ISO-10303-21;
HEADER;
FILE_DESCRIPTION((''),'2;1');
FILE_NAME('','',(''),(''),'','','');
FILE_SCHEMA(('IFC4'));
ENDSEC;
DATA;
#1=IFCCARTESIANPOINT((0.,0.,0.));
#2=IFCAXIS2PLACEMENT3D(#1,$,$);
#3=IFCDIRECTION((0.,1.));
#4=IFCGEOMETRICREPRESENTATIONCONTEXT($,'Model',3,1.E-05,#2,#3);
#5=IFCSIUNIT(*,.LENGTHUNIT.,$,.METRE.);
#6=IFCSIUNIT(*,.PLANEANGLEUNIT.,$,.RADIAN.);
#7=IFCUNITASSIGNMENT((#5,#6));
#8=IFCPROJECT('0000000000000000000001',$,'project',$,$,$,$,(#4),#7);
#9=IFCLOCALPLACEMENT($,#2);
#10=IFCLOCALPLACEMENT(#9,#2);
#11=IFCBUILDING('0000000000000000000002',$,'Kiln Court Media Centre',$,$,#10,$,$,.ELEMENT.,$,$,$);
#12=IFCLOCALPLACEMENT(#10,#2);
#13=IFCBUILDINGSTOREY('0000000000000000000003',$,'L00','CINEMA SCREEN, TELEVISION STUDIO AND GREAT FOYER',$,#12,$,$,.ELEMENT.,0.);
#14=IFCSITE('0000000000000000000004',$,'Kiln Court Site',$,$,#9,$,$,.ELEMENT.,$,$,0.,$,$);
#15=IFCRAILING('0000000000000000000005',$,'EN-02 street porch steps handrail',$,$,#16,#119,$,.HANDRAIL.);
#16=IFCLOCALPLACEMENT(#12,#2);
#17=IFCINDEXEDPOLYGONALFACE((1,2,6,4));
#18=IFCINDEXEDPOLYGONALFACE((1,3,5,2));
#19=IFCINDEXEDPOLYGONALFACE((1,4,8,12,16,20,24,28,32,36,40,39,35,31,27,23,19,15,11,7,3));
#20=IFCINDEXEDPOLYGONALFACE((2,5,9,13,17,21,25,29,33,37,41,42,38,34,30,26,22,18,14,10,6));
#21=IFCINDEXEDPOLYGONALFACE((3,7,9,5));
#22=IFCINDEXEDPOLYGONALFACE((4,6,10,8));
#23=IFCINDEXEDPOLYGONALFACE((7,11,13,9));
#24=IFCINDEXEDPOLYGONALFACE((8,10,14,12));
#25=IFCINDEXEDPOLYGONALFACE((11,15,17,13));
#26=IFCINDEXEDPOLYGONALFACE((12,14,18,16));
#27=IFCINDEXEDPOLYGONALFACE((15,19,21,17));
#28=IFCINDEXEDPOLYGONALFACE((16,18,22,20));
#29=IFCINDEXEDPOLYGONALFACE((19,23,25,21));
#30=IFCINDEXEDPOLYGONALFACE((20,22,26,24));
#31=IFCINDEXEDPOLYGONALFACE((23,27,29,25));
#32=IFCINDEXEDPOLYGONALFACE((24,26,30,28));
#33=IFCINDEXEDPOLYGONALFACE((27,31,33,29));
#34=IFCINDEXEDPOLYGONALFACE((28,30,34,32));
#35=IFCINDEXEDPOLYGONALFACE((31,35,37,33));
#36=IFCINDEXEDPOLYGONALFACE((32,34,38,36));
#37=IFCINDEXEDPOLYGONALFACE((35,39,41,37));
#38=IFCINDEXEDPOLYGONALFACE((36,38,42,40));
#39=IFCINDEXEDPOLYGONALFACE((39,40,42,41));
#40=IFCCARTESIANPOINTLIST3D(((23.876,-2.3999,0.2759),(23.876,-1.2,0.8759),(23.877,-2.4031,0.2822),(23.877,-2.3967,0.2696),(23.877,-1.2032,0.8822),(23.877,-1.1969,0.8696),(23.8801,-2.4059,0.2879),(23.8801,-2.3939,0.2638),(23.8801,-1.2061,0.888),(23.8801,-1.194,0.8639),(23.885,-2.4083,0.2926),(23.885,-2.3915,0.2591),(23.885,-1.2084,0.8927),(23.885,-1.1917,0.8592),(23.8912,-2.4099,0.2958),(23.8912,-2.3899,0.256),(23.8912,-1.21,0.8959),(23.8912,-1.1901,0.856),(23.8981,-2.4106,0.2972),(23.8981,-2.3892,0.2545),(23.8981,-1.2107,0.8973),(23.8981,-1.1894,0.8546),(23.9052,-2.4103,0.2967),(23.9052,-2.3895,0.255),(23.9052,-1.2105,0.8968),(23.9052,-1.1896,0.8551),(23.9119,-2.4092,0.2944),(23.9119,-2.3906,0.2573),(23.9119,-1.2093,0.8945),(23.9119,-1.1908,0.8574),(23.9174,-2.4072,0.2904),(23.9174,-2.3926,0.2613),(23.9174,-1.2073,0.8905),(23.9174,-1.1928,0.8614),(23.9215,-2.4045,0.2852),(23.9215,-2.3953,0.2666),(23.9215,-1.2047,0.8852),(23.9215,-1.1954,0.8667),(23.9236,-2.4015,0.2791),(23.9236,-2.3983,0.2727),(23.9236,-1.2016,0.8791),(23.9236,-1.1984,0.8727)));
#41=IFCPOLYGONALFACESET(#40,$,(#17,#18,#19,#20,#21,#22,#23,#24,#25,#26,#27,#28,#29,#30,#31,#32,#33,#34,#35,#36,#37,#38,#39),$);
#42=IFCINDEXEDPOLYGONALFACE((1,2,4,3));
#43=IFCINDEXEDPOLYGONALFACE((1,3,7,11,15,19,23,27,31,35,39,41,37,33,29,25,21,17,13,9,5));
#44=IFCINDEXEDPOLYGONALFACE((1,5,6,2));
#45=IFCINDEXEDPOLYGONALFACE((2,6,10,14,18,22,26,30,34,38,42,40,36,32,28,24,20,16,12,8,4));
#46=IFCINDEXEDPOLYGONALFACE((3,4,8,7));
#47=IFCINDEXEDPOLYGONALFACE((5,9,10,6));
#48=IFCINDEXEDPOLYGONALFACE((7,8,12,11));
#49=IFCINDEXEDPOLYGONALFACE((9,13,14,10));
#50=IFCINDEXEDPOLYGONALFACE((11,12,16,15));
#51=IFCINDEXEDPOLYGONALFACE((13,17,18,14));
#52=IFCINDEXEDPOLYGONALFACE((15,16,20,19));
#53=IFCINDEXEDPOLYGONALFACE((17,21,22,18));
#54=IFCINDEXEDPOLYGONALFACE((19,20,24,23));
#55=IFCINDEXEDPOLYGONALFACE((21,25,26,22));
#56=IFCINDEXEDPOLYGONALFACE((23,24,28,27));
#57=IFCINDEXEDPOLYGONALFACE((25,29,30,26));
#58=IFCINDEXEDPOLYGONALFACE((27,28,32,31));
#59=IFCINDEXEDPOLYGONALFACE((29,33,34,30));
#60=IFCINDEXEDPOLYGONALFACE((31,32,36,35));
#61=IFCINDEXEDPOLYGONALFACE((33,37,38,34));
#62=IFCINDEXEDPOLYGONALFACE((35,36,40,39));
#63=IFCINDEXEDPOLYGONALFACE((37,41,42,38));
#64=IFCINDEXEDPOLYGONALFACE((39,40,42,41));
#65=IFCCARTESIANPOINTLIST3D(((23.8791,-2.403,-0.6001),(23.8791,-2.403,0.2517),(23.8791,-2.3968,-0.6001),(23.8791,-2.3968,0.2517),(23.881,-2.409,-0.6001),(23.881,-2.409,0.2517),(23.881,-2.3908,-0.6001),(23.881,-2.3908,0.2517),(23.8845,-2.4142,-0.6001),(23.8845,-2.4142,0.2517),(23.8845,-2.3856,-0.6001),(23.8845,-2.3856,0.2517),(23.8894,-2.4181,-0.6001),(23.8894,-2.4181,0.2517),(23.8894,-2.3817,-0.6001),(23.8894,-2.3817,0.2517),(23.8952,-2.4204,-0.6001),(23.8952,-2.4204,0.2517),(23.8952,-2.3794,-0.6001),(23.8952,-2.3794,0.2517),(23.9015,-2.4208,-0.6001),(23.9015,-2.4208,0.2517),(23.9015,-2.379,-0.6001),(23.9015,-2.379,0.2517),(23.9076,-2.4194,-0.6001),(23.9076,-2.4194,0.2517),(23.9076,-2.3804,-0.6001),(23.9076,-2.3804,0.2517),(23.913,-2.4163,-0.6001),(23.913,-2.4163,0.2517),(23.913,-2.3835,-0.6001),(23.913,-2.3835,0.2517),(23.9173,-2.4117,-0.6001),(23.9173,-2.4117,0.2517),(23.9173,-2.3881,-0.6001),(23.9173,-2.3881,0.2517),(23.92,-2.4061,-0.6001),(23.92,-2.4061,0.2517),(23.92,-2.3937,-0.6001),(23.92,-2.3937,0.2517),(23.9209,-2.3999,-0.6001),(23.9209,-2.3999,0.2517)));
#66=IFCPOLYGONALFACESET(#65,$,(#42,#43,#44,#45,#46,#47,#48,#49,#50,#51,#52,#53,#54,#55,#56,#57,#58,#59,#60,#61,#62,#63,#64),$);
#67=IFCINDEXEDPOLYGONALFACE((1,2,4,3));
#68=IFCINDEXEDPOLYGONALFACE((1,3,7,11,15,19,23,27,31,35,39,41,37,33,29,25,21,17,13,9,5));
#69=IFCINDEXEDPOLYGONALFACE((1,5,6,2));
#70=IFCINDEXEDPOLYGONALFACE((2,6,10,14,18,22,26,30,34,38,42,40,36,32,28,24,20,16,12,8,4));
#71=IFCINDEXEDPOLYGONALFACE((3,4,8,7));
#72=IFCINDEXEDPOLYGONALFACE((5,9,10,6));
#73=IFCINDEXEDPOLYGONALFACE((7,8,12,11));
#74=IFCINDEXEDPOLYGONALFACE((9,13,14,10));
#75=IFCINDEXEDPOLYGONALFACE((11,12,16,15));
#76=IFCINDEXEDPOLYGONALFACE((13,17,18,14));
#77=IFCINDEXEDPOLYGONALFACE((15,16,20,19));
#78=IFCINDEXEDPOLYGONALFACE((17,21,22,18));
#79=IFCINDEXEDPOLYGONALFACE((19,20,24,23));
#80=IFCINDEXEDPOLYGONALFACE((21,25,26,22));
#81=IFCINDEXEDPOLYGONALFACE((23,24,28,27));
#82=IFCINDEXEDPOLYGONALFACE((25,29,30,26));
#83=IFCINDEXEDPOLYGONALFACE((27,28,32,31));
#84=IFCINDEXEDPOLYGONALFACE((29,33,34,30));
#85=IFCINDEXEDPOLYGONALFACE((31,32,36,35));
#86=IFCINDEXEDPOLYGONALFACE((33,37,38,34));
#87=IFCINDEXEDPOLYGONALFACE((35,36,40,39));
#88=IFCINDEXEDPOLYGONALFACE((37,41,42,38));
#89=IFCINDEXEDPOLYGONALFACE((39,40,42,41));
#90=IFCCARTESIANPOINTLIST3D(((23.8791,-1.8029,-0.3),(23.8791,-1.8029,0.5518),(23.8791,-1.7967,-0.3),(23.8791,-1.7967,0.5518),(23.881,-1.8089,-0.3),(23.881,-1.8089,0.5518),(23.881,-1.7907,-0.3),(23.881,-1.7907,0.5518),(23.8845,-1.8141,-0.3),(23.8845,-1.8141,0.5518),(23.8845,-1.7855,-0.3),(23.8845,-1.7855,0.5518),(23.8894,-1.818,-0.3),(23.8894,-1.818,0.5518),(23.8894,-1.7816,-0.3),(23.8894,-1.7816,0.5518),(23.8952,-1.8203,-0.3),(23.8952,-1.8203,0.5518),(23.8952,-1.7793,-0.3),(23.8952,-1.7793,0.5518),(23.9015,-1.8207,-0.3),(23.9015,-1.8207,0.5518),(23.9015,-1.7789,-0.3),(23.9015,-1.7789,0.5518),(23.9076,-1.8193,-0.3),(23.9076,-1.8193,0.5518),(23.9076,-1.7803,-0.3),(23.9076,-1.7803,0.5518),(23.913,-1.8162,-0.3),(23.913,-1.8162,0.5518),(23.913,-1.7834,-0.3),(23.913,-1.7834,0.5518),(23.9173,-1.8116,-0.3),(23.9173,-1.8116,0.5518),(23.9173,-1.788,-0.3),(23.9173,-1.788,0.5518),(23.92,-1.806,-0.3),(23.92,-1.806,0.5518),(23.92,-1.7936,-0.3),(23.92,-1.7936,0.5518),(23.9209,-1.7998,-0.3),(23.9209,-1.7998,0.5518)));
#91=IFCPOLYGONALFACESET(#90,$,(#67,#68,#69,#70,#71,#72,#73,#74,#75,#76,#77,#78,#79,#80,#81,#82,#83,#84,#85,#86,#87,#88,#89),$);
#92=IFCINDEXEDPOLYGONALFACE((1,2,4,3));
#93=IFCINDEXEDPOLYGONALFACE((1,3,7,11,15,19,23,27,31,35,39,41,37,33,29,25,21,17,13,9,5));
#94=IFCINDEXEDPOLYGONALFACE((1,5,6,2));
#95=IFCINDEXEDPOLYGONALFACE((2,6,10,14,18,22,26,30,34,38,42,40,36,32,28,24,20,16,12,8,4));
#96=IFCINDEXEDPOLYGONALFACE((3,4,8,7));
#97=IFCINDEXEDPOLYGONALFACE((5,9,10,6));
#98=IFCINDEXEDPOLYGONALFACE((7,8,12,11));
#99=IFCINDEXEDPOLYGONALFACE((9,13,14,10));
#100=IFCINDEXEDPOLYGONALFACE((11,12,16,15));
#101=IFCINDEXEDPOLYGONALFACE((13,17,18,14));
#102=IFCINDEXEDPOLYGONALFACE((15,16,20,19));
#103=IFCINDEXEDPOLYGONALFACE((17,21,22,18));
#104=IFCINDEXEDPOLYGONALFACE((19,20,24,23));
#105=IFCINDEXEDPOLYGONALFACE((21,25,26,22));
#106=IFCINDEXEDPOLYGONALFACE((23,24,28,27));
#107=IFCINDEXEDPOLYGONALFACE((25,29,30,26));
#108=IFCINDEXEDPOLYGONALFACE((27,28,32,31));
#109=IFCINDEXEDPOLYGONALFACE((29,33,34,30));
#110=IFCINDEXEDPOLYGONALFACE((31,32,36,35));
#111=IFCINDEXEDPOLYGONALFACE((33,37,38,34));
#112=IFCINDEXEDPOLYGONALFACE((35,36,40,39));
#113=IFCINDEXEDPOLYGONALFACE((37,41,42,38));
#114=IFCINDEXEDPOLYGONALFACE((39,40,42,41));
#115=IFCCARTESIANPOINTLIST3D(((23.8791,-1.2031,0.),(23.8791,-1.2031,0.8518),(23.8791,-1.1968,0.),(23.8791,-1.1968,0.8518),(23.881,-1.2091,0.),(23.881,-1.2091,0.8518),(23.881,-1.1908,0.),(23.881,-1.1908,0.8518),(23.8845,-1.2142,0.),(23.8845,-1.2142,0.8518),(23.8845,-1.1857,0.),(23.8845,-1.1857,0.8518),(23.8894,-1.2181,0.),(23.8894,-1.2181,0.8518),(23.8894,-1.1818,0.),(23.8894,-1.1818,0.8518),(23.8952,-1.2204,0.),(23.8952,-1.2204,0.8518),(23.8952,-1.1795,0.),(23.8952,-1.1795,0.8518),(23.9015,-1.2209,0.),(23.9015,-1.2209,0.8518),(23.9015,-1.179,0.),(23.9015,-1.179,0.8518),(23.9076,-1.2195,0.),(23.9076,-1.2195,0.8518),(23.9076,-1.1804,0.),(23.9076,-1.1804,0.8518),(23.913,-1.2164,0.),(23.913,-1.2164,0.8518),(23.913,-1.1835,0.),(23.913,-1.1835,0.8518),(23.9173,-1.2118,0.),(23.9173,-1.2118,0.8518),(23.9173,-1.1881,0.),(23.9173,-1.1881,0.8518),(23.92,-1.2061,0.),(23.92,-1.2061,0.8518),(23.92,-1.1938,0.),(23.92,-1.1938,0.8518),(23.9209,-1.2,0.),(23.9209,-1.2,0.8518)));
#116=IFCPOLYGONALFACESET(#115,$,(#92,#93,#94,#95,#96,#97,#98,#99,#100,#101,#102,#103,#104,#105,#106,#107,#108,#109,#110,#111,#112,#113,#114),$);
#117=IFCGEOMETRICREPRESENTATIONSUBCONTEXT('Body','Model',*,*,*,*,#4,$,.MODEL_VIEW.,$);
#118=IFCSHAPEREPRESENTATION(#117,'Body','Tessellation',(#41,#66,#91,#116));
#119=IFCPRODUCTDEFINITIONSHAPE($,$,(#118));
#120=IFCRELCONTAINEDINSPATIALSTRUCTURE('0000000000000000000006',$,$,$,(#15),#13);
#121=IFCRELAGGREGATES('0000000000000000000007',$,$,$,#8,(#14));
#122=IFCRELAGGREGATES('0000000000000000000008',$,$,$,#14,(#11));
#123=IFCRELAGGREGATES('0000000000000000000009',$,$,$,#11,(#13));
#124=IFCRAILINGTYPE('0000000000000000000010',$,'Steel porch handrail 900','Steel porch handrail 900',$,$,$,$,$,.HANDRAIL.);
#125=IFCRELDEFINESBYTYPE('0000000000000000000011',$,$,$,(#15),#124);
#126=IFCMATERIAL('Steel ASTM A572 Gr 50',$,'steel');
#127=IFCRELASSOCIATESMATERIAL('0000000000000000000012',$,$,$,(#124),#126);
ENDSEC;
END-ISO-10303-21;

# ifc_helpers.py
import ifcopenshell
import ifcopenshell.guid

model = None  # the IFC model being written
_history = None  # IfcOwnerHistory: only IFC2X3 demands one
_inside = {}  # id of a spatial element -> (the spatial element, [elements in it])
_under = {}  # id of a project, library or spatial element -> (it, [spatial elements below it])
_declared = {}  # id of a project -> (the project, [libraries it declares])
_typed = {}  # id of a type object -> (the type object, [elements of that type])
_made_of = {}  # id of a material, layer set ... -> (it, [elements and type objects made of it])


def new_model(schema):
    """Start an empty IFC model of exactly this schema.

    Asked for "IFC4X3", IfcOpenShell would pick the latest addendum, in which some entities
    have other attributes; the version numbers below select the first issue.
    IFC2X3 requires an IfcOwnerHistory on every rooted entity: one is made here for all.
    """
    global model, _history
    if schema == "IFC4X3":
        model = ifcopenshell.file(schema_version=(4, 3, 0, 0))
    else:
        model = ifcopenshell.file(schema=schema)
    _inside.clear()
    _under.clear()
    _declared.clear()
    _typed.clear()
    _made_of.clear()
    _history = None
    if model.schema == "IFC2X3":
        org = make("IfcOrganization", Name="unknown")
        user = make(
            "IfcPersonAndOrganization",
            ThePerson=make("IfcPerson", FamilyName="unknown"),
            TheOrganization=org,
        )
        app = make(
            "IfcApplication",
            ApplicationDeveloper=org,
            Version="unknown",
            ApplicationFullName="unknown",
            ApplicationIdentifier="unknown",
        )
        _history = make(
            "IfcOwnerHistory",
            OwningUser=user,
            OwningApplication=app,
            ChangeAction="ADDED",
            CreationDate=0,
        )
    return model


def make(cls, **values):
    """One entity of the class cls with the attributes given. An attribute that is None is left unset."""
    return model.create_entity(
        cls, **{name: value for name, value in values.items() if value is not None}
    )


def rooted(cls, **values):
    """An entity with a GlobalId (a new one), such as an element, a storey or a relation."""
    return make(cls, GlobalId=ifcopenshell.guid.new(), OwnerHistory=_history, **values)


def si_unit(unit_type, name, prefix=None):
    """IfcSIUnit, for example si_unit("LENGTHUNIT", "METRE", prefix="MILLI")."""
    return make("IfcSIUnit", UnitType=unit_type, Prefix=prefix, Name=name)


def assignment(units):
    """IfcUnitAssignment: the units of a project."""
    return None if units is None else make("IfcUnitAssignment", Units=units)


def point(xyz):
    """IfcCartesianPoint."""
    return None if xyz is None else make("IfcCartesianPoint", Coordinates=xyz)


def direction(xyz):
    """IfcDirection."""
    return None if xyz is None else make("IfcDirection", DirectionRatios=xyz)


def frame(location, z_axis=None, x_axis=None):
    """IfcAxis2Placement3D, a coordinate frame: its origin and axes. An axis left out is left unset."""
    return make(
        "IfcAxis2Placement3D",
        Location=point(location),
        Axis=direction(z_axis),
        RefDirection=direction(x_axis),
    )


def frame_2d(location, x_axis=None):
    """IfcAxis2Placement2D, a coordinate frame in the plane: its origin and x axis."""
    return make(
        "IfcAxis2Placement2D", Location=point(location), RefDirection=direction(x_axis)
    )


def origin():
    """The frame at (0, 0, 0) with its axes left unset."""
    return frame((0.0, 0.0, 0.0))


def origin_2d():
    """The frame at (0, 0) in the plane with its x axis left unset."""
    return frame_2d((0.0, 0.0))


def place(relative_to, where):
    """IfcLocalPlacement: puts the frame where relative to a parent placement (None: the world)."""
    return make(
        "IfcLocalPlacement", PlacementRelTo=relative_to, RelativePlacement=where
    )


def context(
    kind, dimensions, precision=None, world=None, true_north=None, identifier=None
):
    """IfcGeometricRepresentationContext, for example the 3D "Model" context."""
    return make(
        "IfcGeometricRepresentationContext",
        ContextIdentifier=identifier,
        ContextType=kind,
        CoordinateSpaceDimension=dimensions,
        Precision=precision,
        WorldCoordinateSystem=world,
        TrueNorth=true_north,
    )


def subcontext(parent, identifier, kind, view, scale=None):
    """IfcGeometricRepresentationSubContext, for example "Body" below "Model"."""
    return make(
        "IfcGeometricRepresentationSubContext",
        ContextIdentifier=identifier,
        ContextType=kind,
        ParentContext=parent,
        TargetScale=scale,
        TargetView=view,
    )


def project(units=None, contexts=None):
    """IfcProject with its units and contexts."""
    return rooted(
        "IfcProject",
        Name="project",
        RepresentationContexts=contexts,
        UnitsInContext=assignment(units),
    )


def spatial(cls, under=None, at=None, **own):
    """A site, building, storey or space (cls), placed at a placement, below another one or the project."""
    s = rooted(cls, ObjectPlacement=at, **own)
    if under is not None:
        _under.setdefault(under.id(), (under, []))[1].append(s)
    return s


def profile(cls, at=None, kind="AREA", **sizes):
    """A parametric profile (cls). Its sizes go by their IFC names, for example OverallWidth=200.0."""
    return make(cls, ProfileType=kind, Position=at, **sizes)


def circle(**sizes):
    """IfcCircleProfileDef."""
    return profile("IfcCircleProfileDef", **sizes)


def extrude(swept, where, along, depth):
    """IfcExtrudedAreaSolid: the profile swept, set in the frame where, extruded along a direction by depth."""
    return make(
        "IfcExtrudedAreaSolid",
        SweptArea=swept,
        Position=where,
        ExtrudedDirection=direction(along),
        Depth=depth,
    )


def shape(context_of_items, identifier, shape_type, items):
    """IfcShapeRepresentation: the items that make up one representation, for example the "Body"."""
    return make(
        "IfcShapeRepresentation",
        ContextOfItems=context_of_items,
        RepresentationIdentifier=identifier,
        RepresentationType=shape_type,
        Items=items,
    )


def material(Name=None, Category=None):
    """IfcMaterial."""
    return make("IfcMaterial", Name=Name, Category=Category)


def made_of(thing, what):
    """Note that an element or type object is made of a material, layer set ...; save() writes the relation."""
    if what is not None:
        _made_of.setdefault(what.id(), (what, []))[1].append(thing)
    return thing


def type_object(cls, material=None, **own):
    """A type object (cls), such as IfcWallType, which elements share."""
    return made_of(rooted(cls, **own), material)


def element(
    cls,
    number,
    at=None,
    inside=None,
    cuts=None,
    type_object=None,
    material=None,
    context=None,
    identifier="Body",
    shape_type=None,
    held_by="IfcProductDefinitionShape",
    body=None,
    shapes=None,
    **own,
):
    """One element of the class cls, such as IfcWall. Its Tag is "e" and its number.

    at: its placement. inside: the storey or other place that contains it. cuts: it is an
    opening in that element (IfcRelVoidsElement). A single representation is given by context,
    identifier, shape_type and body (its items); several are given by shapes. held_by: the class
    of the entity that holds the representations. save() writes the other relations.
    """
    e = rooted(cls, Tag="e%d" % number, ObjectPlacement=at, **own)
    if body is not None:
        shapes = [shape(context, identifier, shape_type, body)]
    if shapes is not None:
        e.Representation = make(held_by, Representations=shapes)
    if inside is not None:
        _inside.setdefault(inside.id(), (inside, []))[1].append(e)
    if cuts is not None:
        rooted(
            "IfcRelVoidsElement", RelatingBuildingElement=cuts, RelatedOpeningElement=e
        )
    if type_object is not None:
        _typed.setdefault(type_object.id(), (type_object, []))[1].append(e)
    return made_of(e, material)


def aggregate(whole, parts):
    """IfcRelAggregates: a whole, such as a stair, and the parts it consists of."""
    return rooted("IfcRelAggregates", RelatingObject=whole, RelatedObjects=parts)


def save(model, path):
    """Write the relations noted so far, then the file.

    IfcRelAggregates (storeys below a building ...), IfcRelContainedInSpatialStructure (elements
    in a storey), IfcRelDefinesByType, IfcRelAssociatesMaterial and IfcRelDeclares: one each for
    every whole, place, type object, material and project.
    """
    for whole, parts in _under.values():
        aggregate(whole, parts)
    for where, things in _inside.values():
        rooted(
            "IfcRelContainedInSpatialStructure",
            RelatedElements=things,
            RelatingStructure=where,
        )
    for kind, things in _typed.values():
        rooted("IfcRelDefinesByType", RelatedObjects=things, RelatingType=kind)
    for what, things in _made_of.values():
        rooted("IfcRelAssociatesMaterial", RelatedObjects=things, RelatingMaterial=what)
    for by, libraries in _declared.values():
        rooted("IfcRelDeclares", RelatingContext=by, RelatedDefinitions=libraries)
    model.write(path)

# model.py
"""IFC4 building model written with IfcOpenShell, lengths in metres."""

from ifc_helpers import new_model, si_unit, direction, frame, origin, origin_2d, place, context, subcontext, project, spatial, circle, extrude, material, type_object, element, save


model = new_model("IFC4")

# Units and contexts
model_context = context("Model", 3, precision=1e-05, world=origin(), true_north=direction((0.0, 1.0)))
body_context = subcontext(model_context, "Body", "Model", "MODEL_VIEW")
ifc_project = project(units=[si_unit("LENGTHUNIT", "METRE"), si_unit("PLANEANGLEUNIT", "RADIAN")], contexts=[model_context])

# Site, building, storey
site_placement = place(None, origin())
site = spatial("IfcSite", under=ifc_project, at=site_placement, Name="Kiln Court Site", CompositionType="ELEMENT", RefElevation=0.0)
building_placement = place(site_placement, origin())
building = spatial("IfcBuilding", under=site, at=building_placement, Name="Kiln Court Media Centre", CompositionType="ELEMENT")
storey_placement = place(building_placement, origin())
storey = spatial("IfcBuildingStorey", under=building, at=storey_placement, Name="L00", Description="CINEMA SCREEN, TELEVISION STUDIO AND GREAT FOYER", CompositionType="ELEMENT", Elevation=0.0)

# Railing
ifc_material_1 = material(Name="Steel ASTM A572 Gr 50", Category="steel")
railing_type_1 = type_object("IfcRailingType", Name="Steel porch handrail 900", Description="Steel porch handrail 900", PredefinedType="HANDRAIL", material=ifc_material_1)
for number, where, name in (
    (1, (23.8999, -2.3999, -0.6001), "EN-02 street porch steps handrail"),
):
    element("IfcRailing", number, at=place(storey_placement, frame(where)), inside=storey, type_object=railing_type_1, Name=name, PredefinedType="HANDRAIL", context=body_context, shape_type="SweptSolid", body=[
        extrude(circle(Radius=0.0239, at=origin_2d()), frame((0.0, 0.0, 0.876), z_axis=(0.0, 0.894391, 0.447286), x_axis=(-1.0, 0.0, 0.0)), (0.0, 0.0, 1.0), 1.3416),
        extrude(circle(Radius=0.021, at=origin_2d()), origin(), (0.0, 0.0, 1.0), 0.8518),
        extrude(circle(Radius=0.021, at=origin_2d()), frame((0.0, 0.6001, 0.3)), (0.0, 0.0, 1.0), 0.8518),
        extrude(circle(Radius=0.021, at=origin_2d()), frame((0.0, 1.2, 0.6001)), (0.0, 0.0, 1.0), 0.8518),
    ])

save(model, "model.ifc")
